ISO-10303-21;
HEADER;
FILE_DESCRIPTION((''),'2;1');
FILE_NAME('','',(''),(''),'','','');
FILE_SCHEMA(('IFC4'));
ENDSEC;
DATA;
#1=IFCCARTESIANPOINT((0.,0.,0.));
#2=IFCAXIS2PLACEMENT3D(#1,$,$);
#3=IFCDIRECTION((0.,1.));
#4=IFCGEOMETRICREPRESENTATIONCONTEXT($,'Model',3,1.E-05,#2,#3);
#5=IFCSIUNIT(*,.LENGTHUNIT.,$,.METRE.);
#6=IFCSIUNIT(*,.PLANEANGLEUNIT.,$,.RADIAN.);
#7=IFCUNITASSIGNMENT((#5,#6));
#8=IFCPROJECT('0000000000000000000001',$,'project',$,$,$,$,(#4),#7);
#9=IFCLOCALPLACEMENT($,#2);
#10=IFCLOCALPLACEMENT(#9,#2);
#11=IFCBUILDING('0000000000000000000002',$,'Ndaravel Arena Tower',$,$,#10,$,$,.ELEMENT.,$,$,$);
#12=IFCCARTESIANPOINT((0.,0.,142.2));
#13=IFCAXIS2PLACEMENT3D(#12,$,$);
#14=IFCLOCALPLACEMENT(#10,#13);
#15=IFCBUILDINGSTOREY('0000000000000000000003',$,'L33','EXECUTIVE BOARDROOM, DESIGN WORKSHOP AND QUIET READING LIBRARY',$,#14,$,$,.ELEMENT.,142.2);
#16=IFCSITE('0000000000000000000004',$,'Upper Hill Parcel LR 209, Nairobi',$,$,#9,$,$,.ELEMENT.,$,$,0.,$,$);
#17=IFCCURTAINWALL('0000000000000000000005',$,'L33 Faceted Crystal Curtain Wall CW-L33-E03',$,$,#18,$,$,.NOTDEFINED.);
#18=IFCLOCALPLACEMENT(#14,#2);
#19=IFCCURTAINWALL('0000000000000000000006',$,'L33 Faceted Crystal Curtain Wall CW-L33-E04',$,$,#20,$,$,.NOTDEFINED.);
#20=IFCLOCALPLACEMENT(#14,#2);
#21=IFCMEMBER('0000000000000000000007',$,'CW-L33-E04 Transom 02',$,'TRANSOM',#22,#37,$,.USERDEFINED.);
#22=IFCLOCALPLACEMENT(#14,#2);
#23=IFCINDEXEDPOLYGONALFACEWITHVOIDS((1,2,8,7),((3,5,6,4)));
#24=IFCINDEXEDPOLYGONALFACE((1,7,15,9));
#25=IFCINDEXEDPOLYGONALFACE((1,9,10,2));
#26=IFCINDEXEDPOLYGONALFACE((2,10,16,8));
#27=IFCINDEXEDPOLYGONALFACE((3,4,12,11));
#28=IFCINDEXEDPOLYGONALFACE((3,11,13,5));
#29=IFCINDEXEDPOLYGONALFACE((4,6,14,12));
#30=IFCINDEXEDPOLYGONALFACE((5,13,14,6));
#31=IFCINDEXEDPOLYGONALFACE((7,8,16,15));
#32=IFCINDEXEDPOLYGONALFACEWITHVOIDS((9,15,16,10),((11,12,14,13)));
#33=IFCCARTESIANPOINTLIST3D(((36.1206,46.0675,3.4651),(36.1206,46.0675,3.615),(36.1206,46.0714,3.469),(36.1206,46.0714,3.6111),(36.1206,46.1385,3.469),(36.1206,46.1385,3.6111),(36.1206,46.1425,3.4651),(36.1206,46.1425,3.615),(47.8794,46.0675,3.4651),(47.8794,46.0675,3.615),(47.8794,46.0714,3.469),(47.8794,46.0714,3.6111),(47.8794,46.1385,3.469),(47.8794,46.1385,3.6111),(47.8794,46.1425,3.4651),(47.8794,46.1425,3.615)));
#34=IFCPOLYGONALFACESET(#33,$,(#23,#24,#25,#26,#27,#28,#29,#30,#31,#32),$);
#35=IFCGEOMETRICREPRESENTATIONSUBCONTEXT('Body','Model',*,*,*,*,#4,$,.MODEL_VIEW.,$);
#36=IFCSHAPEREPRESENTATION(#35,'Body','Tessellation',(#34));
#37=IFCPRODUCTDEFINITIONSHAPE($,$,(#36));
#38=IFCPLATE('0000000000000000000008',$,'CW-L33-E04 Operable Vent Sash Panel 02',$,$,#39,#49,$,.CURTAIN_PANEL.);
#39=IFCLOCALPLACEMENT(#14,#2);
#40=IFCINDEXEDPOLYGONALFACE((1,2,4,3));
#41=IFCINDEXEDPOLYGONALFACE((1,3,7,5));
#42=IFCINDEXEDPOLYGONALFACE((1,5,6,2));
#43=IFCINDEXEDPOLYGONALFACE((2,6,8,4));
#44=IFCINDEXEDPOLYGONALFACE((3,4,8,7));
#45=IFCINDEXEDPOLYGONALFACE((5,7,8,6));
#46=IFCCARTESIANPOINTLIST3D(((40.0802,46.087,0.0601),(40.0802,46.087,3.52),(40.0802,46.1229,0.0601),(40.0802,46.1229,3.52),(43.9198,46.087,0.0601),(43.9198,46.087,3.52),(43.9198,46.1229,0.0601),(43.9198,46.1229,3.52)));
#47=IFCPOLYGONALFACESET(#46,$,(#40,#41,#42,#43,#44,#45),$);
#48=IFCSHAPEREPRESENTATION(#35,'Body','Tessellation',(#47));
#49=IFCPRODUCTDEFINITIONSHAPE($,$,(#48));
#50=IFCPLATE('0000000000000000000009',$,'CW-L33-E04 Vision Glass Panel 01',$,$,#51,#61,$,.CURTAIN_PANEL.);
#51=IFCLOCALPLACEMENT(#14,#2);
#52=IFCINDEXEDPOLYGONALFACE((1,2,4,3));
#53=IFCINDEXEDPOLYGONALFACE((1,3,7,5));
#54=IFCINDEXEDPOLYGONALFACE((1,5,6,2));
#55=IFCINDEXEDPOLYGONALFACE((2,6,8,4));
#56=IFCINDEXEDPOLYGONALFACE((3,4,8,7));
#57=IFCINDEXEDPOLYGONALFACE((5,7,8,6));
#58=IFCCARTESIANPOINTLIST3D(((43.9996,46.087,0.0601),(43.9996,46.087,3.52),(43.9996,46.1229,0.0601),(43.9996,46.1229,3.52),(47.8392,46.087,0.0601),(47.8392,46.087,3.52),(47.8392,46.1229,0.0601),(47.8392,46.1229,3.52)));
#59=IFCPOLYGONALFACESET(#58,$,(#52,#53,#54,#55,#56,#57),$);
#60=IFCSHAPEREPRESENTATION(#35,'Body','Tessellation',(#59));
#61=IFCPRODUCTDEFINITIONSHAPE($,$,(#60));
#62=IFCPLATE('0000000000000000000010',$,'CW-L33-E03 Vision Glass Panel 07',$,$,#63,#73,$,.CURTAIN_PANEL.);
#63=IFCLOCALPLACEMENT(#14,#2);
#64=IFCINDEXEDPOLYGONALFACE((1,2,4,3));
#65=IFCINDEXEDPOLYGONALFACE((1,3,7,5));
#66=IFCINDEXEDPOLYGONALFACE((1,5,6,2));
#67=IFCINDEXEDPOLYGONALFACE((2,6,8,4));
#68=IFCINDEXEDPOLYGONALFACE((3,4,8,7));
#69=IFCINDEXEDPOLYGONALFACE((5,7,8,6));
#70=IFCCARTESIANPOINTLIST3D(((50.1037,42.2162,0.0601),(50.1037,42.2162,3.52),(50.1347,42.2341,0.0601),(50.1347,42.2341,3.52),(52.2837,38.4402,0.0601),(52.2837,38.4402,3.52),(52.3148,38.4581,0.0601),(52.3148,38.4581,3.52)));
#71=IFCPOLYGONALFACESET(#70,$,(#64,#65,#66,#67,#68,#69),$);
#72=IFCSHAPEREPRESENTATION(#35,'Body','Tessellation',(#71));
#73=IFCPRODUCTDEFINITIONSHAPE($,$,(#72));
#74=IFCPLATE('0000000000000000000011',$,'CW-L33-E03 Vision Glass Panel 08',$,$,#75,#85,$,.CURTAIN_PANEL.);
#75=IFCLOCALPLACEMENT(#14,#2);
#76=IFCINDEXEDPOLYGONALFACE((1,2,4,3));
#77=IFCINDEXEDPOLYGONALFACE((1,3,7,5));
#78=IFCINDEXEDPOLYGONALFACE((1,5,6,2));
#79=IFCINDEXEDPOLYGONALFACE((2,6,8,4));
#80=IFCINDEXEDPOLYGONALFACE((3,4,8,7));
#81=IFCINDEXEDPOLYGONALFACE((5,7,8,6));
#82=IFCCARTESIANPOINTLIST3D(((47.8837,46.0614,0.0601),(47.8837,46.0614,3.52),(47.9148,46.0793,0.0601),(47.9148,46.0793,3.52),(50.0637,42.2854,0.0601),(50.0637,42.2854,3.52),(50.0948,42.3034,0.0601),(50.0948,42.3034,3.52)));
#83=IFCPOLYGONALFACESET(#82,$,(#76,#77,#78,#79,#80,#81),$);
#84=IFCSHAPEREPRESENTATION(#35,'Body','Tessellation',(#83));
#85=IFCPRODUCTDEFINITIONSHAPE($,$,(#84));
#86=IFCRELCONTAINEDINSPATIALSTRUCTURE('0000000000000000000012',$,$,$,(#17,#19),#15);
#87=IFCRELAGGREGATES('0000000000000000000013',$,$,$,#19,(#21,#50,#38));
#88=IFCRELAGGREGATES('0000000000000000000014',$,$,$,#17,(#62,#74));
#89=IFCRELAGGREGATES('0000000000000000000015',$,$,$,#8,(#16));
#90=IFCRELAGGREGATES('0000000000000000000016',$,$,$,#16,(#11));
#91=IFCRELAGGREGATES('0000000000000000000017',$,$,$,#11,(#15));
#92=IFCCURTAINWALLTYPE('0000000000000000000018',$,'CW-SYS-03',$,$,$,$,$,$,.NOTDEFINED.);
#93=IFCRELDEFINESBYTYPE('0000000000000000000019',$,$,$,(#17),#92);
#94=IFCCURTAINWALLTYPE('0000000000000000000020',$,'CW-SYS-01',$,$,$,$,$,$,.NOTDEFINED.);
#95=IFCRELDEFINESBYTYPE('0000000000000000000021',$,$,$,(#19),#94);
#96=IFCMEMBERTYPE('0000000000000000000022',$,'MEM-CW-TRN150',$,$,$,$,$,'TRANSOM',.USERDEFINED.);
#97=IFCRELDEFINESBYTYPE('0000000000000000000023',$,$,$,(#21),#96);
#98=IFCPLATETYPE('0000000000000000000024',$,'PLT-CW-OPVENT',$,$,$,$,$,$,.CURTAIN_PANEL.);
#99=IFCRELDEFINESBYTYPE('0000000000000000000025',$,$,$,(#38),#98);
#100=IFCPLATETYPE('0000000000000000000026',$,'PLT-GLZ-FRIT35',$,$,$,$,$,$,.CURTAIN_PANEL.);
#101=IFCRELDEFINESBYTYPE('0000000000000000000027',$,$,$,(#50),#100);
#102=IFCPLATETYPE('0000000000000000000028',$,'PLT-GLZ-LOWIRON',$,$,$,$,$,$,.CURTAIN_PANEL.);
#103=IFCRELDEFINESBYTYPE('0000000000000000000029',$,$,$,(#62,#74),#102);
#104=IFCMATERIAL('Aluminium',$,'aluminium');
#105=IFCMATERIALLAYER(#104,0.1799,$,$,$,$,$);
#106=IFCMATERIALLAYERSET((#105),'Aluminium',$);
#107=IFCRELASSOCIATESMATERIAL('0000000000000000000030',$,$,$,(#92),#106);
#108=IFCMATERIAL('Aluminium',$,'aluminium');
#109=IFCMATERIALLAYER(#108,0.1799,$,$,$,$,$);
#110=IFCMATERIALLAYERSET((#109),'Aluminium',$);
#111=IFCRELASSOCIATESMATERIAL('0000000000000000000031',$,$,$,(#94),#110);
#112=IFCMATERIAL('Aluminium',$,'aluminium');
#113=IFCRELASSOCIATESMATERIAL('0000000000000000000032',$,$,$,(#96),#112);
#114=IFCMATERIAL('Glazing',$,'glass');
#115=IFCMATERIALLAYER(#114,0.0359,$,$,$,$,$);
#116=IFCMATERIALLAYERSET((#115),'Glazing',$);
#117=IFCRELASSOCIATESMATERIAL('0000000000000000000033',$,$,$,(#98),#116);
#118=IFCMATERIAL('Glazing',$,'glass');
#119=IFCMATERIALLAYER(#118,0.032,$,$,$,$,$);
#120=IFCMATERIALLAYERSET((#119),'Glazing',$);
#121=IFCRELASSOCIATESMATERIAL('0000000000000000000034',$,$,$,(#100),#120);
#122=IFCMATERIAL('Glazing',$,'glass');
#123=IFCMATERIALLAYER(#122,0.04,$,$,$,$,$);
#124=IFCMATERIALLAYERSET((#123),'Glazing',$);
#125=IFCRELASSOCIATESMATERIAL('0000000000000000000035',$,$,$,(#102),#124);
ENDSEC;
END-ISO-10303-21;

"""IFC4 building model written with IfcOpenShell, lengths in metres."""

from ifc_helpers import new_model, si_unit, direction, frame, origin, origin_2d, place, context, subcontext, project, spatial, rectangle, hollow_rectangle, extrude, material, layer, layer_set, material_profile, profile_set, type_object, element, aggregate, save


model = new_model("IFC4")

# Units and contexts
model_context = context("Model", 3, precision=1e-05, world=origin(), true_north=direction((0.0, 1.0)))
body_context = subcontext(model_context, "Body", "Model", "MODEL_VIEW")
ifc_project = project(units=[si_unit("LENGTHUNIT", "METRE"), si_unit("PLANEANGLEUNIT", "RADIAN")], contexts=[model_context])

# Site, building, storey
site_placement = place(None, origin())
site = spatial("IfcSite", under=ifc_project, at=site_placement, Name="Upper Hill Parcel LR 209, Nairobi", CompositionType="ELEMENT", RefElevation=0.0)
building_placement = place(site_placement, origin())
building = spatial("IfcBuilding", under=site, at=building_placement, Name="Ndaravel Arena Tower", CompositionType="ELEMENT")
storey_placement = place(building_placement, frame((0.0, 0.0, 142.2)))
storey = spatial("IfcBuildingStorey", under=building, at=storey_placement, Name="L33", Description="EXECUTIVE BOARDROOM, DESIGN WORKSHOP AND QUIET READING LIBRARY", CompositionType="ELEMENT", Elevation=142.2)

# Curtain wall
ifc_material_1 = material(Name="Aluminium", Category="aluminium")
ifc_layer_1 = layer(ifc_material_1, 0.1799)
ifc_layer_set_1 = layer_set([ifc_layer_1], Name="Aluminium")
curtain_wall_type_1 = type_object("IfcCurtainWallType", Name="CW-SYS-03", PredefinedType="NOTDEFINED", material=ifc_layer_set_1)
curtain_wall_1_placement = place(storey_placement, origin())
curtain_wall_1 = element("IfcCurtainWall", 1, at=curtain_wall_1_placement, inside=storey, type_object=curtain_wall_type_1, Name="L33 Faceted Crystal Curtain Wall CW-L33-E03", PredefinedType="NOTDEFINED")

# Curtain wall, member, plates
ifc_material_2 = material(Name="Aluminium", Category="aluminium")
ifc_layer_2 = layer(ifc_material_2, 0.1799)
ifc_layer_set_2 = layer_set([ifc_layer_2], Name="Aluminium")
curtain_wall_type_2 = type_object("IfcCurtainWallType", Name="CW-SYS-01", PredefinedType="NOTDEFINED", material=ifc_layer_set_2)
curtain_wall_2_placement = place(storey_placement, origin())
curtain_wall_2 = element("IfcCurtainWall", 2, at=curtain_wall_2_placement, inside=storey, type_object=curtain_wall_type_2, Name="L33 Faceted Crystal Curtain Wall CW-L33-E04", PredefinedType="NOTDEFINED")
ifc_material_3 = material(Name="Aluminium", Category="aluminium")
ifc_material_profile_1 = material_profile(ifc_material_3, hollow_rectangle(XDim=0.075, YDim=0.1499, WallThickness=0.0039, at=origin_2d()), Name="CW TRANSOM 75x150x4")
ifc_profile_set_1 = profile_set([ifc_material_profile_1], Name="Aluminium")
member_type_1 = type_object("IfcMemberType", Name="MEM-CW-TRN150", ElementType="TRANSOM", PredefinedType="USERDEFINED", material=ifc_profile_set_1)
member_1_placement = place(storey_placement, frame((47.8794, 46.105, 3.54), z_axis=(-1.0, 0.0, 0.0), x_axis=(0.0, -1.0, 0.0)))
member_1 = element("IfcMember", 3, at=member_1_placement, type_object=member_type_1, Name="CW-L33-E04 Transom 02", ObjectType="TRANSOM", PredefinedType="USERDEFINED", context=body_context, shape_type="SweptSolid", body=[
    extrude(hollow_rectangle(XDim=0.075, YDim=0.1499, WallThickness=0.0039, at=origin_2d()), origin(), (0.0, 0.0, 1.0), 11.7588),
])
ifc_material_4 = material(Name="Glazing", Category="glass")
ifc_layer_3 = layer(ifc_material_4, 0.0359)
ifc_layer_set_3 = layer_set([ifc_layer_3], Name="Glazing")
plate_type_1 = type_object("IfcPlateType", Name="PLT-CW-OPVENT", PredefinedType="CURTAIN_PANEL", material=ifc_layer_set_3)
plate_1_placement = place(storey_placement, frame((42.0, 46.105, 0.0601), z_axis=(0.0, 0.0, 1.0), x_axis=(-1.0, 0.0, 0.0)))
plate_1 = element("IfcPlate", 4, at=plate_1_placement, type_object=plate_type_1, Name="CW-L33-E04 Operable Vent Sash Panel 02", PredefinedType="CURTAIN_PANEL", context=body_context, shape_type="SweptSolid", body=[
    extrude(rectangle(XDim=3.8396, YDim=0.0359, at=origin_2d()), origin(), (0.0, 0.0, 1.0), 3.46),
])
ifc_material_5 = material(Name="Glazing", Category="glass")
ifc_layer_4 = layer(ifc_material_5, 0.032)
ifc_layer_set_4 = layer_set([ifc_layer_4], Name="Glazing")
plate_type_2 = type_object("IfcPlateType", Name="PLT-GLZ-FRIT35", PredefinedType="CURTAIN_PANEL", material=ifc_layer_set_4)
plate_2_placement = place(storey_placement, frame((45.9194, 46.105, 0.0601), z_axis=(0.0, 0.0, 1.0), x_axis=(-1.0, 0.0, 0.0)))
plate_2 = element("IfcPlate", 5, at=plate_2_placement, type_object=plate_type_2, Name="CW-L33-E04 Vision Glass Panel 01", PredefinedType="CURTAIN_PANEL", context=body_context, shape_type="SweptSolid", body=[
    extrude(rectangle(XDim=3.8396, YDim=0.0359, at=origin_2d()), origin(), (0.0, 0.0, 1.0), 3.46),
])
aggregate(curtain_wall_2, [member_1, plate_2, plate_1])

# Plates
ifc_material_6 = material(Name="Glazing", Category="glass")
ifc_layer_5 = layer(ifc_material_6, 0.04)
ifc_layer_set_5 = layer_set([ifc_layer_5], Name="Glazing")
plate_type_3 = type_object("IfcPlateType", Name="PLT-GLZ-LOWIRON", PredefinedType="CURTAIN_PANEL", material=ifc_layer_set_5)
plate_3_placement = place(storey_placement, frame((51.2092, 40.3372, 0.0601), z_axis=(0.0, 0.0, 1.0), x_axis=(-0.5, 0.866025, 0.0)))
plate_3 = element("IfcPlate", 6, at=plate_3_placement, type_object=plate_type_3, Name="CW-L33-E03 Vision Glass Panel 07", PredefinedType="CURTAIN_PANEL", context=body_context, shape_type="SweptSolid", body=[
    extrude(rectangle(XDim=4.3601, YDim=0.0359, at=origin_2d()), origin(), (0.0, 0.0, 1.0), 3.46),
])
plate_4_placement = place(storey_placement, frame((48.9893, 44.1824, 0.0601), z_axis=(0.0, 0.0, 1.0), x_axis=(-0.5, 0.866025, 0.0)))
plate_4 = element("IfcPlate", 7, at=plate_4_placement, type_object=plate_type_3, Name="CW-L33-E03 Vision Glass Panel 08", PredefinedType="CURTAIN_PANEL", context=body_context, shape_type="SweptSolid", body=[
    extrude(rectangle(XDim=4.3601, YDim=0.0359, at=origin_2d()), origin(), (0.0, 0.0, 1.0), 3.46),
])
aggregate(curtain_wall_1, [plate_3, plate_4])

save(model, "model.ifc")
